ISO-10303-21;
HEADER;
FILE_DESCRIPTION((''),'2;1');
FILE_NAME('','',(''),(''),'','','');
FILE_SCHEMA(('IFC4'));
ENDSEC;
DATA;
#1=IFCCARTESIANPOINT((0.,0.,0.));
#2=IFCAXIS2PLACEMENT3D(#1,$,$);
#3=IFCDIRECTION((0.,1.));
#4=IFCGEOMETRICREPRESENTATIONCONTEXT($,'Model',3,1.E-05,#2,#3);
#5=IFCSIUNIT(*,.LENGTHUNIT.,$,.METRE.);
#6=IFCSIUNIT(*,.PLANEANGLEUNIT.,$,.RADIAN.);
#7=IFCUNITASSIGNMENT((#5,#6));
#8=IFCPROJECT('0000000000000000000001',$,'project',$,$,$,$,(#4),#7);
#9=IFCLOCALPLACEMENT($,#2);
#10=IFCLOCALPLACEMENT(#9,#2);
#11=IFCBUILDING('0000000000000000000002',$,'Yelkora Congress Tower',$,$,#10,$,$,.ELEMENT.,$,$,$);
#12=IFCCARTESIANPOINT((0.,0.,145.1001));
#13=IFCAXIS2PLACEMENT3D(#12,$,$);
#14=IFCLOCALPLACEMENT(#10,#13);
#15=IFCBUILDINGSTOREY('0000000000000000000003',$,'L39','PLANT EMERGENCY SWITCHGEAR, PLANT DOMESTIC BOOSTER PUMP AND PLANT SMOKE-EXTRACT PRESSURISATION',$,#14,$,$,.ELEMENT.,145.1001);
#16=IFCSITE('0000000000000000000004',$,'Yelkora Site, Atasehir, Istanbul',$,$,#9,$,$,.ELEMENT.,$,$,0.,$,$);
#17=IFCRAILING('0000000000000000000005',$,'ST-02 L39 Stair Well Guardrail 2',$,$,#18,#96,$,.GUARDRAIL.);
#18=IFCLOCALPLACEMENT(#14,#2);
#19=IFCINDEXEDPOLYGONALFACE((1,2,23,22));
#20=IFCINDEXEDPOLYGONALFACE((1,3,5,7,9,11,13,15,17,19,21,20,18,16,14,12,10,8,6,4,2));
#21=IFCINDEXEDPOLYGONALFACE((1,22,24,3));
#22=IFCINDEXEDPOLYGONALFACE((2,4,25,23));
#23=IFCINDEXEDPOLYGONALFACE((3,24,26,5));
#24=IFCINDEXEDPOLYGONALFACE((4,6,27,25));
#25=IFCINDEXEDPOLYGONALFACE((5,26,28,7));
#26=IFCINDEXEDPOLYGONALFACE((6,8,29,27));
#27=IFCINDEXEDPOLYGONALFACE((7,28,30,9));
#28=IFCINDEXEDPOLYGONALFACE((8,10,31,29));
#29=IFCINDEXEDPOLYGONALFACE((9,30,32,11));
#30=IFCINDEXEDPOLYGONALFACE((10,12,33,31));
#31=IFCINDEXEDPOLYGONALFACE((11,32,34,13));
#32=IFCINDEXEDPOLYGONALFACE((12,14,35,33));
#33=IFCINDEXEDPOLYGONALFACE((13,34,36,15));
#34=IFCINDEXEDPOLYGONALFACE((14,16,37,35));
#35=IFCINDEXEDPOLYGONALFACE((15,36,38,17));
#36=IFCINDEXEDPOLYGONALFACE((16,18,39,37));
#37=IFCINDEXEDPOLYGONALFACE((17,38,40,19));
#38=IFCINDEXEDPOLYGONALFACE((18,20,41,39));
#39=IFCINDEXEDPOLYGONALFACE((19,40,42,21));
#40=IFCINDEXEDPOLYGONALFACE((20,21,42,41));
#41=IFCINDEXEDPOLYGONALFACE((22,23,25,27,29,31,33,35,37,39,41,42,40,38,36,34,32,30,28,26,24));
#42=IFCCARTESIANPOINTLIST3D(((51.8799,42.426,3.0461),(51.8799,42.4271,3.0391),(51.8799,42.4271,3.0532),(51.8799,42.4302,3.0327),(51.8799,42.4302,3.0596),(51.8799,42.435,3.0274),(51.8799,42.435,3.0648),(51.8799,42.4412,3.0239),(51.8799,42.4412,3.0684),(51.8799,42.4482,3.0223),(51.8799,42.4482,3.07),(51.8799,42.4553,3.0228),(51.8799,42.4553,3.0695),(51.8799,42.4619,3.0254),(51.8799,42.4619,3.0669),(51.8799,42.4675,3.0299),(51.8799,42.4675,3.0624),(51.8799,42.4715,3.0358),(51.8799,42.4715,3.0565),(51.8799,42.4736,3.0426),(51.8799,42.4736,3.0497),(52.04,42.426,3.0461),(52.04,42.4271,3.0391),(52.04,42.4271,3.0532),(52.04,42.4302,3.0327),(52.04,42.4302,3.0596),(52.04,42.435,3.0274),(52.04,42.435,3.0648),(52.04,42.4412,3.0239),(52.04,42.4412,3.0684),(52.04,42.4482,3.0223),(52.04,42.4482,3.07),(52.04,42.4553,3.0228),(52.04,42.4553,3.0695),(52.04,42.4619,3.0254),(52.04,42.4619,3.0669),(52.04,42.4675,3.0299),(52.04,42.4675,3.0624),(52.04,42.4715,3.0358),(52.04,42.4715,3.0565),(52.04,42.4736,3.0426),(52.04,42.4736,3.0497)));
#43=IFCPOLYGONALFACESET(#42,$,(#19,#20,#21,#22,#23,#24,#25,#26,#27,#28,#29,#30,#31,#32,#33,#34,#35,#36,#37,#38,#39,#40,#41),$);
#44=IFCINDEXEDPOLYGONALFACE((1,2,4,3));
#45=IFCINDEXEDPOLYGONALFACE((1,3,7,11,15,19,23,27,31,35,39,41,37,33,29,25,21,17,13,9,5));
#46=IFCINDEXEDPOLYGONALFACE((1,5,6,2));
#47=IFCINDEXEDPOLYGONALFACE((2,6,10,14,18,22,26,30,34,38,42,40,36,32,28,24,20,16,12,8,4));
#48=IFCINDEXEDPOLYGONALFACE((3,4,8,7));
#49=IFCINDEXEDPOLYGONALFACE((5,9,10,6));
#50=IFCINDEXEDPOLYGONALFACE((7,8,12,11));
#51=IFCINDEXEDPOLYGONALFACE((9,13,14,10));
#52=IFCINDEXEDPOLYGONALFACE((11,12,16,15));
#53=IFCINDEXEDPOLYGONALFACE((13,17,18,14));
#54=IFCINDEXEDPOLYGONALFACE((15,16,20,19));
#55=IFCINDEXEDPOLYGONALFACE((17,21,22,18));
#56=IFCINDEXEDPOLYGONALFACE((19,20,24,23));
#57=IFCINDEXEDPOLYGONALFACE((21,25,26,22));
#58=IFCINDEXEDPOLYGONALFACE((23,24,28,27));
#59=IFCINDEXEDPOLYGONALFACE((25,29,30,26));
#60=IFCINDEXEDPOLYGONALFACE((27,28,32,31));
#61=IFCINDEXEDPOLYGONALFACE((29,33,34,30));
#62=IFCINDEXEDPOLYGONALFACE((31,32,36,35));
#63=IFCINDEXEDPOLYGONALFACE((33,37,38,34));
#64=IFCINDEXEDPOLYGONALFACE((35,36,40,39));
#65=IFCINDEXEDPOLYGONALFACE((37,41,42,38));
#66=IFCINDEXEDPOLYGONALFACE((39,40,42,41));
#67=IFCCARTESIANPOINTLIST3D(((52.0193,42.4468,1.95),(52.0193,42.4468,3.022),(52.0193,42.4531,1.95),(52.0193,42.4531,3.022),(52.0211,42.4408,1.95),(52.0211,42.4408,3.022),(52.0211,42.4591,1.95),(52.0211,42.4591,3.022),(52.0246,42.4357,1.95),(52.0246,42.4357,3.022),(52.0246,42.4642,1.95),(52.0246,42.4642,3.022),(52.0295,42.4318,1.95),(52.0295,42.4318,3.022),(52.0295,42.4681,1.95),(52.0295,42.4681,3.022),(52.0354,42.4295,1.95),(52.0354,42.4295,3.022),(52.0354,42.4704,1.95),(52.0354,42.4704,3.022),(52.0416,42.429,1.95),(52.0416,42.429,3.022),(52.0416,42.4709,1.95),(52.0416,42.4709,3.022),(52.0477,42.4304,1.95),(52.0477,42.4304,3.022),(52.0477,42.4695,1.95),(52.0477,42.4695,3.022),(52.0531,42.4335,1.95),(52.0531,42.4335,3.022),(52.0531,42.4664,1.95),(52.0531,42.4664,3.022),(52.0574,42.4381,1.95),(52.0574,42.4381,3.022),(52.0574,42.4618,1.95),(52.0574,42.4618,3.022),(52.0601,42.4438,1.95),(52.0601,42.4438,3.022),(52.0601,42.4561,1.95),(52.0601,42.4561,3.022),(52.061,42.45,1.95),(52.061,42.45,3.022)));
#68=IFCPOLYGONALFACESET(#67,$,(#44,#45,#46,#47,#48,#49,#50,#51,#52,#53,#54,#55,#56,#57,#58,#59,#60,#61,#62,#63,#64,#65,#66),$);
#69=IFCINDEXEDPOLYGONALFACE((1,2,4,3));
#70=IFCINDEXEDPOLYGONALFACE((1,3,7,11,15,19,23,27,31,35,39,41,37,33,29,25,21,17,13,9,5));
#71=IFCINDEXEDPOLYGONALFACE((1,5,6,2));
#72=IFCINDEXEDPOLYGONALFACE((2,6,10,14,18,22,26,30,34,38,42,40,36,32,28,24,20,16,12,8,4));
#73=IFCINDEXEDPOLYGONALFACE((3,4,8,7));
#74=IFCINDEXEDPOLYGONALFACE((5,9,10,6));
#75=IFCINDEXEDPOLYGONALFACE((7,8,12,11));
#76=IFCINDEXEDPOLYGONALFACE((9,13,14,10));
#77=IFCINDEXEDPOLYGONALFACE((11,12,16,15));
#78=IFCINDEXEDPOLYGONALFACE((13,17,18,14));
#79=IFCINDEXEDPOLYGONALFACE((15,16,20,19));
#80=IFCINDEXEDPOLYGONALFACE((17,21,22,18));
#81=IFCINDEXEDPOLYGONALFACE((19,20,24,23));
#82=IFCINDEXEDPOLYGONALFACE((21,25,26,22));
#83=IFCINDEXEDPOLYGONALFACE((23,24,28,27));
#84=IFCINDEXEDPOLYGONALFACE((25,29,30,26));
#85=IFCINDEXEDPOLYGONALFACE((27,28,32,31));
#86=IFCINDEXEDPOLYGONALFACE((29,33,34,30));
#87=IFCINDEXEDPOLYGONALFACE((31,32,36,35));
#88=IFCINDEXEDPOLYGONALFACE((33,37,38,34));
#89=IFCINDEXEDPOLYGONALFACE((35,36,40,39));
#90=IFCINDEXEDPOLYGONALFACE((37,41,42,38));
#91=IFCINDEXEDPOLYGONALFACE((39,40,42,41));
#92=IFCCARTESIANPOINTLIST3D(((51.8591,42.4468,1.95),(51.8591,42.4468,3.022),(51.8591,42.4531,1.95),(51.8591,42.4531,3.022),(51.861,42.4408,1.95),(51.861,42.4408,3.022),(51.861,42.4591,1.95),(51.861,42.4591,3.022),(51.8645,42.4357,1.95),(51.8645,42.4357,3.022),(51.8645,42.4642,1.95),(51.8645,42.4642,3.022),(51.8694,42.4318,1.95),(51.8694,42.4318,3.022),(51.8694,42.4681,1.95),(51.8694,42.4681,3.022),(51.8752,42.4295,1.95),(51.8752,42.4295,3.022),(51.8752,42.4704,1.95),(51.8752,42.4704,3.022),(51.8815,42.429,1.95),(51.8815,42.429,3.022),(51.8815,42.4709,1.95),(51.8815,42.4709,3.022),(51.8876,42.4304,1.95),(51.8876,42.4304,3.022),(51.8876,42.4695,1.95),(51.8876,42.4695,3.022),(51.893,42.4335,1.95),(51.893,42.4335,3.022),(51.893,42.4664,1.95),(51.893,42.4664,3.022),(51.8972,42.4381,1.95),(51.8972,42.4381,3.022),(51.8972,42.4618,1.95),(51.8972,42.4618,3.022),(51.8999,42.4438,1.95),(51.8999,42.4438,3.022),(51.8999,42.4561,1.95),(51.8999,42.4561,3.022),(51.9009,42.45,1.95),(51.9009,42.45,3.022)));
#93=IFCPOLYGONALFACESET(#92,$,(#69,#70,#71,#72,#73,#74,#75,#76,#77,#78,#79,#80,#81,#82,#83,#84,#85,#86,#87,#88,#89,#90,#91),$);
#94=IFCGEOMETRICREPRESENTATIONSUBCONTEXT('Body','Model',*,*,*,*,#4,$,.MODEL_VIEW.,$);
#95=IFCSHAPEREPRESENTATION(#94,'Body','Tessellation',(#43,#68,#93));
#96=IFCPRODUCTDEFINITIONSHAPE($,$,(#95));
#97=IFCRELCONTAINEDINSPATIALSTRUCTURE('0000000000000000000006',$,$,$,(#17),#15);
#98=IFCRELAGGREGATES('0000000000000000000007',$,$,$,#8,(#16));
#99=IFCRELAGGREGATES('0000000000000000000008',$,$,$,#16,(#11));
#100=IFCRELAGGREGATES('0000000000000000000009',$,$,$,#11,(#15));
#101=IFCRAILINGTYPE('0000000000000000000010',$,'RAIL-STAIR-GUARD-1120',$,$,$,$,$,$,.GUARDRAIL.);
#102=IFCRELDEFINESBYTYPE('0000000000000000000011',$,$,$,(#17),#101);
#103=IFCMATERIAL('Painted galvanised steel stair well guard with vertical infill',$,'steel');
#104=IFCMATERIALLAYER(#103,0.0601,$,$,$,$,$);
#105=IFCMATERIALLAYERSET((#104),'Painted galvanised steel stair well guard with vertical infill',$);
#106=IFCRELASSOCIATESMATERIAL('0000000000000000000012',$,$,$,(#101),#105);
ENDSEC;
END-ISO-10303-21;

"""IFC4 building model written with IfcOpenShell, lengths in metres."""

from ifc_helpers import new_model, si_unit, direction, frame, origin, origin_2d, place, context, subcontext, project, spatial, circle, extrude, material, layer, layer_set, type_object, element, save


model = new_model("IFC4")

# Units and contexts
model_context = context("Model", 3, precision=1e-05, world=origin(), true_north=direction((0.0, 1.0)))
body_context = subcontext(model_context, "Body", "Model", "MODEL_VIEW")
ifc_project = project(units=[si_unit("LENGTHUNIT", "METRE"), si_unit("PLANEANGLEUNIT", "RADIAN")], contexts=[model_context])

# Site, building, storey
site_placement = place(None, origin())
site = spatial("IfcSite", under=ifc_project, at=site_placement, Name="Yelkora Site, Atasehir, Istanbul", CompositionType="ELEMENT", RefElevation=0.0)
building_placement = place(site_placement, origin())
building = spatial("IfcBuilding", under=site, at=building_placement, Name="Yelkora Congress Tower", CompositionType="ELEMENT")
storey_placement = place(building_placement, frame((0.0, 0.0, 145.1001)))
storey = spatial("IfcBuildingStorey", under=building, at=storey_placement, Name="L39", Description="PLANT EMERGENCY SWITCHGEAR, PLANT DOMESTIC BOOSTER PUMP AND PLANT SMOKE-EXTRACT PRESSURISATION", CompositionType="ELEMENT", Elevation=145.1001)

# Railing
ifc_material_1 = material(Name="Painted galvanised steel stair well guard with vertical infill", Category="steel")
ifc_layer_1 = layer(ifc_material_1, 0.0601)
ifc_layer_set_1 = layer_set([ifc_layer_1], Name="Painted galvanised steel stair well guard with vertical infill")
railing_type_1 = type_object("IfcRailingType", Name="RAIL-STAIR-GUARD-1120", PredefinedType="GUARDRAIL", material=ifc_layer_set_1)
railing_1_placement = place(storey_placement, frame((52.04, 42.45, 1.95)))
element("IfcRailing", 1, at=railing_1_placement, inside=storey, type_object=railing_type_1, Name="ST-02 L39 Stair Well Guardrail 2", PredefinedType="GUARDRAIL", context=body_context, shape_type="SweptSolid", body=[
    extrude(circle(Radius=0.0239, at=origin_2d()), frame((0.0, 0.0, 1.0962), z_axis=(-1.0, 0.0, 0.0), x_axis=(0.0, -1.0, 0.0)), (0.0, 0.0, 1.0), 0.1602),
    extrude(circle(Radius=0.021, at=origin_2d()), origin(), (0.0, 0.0, 1.0), 1.072),
    extrude(circle(Radius=0.021, at=origin_2d()), frame((-0.1602, 0.0, 0.0)), (0.0, 0.0, 1.0), 1.072),
])

save(model, "model.ifc")
